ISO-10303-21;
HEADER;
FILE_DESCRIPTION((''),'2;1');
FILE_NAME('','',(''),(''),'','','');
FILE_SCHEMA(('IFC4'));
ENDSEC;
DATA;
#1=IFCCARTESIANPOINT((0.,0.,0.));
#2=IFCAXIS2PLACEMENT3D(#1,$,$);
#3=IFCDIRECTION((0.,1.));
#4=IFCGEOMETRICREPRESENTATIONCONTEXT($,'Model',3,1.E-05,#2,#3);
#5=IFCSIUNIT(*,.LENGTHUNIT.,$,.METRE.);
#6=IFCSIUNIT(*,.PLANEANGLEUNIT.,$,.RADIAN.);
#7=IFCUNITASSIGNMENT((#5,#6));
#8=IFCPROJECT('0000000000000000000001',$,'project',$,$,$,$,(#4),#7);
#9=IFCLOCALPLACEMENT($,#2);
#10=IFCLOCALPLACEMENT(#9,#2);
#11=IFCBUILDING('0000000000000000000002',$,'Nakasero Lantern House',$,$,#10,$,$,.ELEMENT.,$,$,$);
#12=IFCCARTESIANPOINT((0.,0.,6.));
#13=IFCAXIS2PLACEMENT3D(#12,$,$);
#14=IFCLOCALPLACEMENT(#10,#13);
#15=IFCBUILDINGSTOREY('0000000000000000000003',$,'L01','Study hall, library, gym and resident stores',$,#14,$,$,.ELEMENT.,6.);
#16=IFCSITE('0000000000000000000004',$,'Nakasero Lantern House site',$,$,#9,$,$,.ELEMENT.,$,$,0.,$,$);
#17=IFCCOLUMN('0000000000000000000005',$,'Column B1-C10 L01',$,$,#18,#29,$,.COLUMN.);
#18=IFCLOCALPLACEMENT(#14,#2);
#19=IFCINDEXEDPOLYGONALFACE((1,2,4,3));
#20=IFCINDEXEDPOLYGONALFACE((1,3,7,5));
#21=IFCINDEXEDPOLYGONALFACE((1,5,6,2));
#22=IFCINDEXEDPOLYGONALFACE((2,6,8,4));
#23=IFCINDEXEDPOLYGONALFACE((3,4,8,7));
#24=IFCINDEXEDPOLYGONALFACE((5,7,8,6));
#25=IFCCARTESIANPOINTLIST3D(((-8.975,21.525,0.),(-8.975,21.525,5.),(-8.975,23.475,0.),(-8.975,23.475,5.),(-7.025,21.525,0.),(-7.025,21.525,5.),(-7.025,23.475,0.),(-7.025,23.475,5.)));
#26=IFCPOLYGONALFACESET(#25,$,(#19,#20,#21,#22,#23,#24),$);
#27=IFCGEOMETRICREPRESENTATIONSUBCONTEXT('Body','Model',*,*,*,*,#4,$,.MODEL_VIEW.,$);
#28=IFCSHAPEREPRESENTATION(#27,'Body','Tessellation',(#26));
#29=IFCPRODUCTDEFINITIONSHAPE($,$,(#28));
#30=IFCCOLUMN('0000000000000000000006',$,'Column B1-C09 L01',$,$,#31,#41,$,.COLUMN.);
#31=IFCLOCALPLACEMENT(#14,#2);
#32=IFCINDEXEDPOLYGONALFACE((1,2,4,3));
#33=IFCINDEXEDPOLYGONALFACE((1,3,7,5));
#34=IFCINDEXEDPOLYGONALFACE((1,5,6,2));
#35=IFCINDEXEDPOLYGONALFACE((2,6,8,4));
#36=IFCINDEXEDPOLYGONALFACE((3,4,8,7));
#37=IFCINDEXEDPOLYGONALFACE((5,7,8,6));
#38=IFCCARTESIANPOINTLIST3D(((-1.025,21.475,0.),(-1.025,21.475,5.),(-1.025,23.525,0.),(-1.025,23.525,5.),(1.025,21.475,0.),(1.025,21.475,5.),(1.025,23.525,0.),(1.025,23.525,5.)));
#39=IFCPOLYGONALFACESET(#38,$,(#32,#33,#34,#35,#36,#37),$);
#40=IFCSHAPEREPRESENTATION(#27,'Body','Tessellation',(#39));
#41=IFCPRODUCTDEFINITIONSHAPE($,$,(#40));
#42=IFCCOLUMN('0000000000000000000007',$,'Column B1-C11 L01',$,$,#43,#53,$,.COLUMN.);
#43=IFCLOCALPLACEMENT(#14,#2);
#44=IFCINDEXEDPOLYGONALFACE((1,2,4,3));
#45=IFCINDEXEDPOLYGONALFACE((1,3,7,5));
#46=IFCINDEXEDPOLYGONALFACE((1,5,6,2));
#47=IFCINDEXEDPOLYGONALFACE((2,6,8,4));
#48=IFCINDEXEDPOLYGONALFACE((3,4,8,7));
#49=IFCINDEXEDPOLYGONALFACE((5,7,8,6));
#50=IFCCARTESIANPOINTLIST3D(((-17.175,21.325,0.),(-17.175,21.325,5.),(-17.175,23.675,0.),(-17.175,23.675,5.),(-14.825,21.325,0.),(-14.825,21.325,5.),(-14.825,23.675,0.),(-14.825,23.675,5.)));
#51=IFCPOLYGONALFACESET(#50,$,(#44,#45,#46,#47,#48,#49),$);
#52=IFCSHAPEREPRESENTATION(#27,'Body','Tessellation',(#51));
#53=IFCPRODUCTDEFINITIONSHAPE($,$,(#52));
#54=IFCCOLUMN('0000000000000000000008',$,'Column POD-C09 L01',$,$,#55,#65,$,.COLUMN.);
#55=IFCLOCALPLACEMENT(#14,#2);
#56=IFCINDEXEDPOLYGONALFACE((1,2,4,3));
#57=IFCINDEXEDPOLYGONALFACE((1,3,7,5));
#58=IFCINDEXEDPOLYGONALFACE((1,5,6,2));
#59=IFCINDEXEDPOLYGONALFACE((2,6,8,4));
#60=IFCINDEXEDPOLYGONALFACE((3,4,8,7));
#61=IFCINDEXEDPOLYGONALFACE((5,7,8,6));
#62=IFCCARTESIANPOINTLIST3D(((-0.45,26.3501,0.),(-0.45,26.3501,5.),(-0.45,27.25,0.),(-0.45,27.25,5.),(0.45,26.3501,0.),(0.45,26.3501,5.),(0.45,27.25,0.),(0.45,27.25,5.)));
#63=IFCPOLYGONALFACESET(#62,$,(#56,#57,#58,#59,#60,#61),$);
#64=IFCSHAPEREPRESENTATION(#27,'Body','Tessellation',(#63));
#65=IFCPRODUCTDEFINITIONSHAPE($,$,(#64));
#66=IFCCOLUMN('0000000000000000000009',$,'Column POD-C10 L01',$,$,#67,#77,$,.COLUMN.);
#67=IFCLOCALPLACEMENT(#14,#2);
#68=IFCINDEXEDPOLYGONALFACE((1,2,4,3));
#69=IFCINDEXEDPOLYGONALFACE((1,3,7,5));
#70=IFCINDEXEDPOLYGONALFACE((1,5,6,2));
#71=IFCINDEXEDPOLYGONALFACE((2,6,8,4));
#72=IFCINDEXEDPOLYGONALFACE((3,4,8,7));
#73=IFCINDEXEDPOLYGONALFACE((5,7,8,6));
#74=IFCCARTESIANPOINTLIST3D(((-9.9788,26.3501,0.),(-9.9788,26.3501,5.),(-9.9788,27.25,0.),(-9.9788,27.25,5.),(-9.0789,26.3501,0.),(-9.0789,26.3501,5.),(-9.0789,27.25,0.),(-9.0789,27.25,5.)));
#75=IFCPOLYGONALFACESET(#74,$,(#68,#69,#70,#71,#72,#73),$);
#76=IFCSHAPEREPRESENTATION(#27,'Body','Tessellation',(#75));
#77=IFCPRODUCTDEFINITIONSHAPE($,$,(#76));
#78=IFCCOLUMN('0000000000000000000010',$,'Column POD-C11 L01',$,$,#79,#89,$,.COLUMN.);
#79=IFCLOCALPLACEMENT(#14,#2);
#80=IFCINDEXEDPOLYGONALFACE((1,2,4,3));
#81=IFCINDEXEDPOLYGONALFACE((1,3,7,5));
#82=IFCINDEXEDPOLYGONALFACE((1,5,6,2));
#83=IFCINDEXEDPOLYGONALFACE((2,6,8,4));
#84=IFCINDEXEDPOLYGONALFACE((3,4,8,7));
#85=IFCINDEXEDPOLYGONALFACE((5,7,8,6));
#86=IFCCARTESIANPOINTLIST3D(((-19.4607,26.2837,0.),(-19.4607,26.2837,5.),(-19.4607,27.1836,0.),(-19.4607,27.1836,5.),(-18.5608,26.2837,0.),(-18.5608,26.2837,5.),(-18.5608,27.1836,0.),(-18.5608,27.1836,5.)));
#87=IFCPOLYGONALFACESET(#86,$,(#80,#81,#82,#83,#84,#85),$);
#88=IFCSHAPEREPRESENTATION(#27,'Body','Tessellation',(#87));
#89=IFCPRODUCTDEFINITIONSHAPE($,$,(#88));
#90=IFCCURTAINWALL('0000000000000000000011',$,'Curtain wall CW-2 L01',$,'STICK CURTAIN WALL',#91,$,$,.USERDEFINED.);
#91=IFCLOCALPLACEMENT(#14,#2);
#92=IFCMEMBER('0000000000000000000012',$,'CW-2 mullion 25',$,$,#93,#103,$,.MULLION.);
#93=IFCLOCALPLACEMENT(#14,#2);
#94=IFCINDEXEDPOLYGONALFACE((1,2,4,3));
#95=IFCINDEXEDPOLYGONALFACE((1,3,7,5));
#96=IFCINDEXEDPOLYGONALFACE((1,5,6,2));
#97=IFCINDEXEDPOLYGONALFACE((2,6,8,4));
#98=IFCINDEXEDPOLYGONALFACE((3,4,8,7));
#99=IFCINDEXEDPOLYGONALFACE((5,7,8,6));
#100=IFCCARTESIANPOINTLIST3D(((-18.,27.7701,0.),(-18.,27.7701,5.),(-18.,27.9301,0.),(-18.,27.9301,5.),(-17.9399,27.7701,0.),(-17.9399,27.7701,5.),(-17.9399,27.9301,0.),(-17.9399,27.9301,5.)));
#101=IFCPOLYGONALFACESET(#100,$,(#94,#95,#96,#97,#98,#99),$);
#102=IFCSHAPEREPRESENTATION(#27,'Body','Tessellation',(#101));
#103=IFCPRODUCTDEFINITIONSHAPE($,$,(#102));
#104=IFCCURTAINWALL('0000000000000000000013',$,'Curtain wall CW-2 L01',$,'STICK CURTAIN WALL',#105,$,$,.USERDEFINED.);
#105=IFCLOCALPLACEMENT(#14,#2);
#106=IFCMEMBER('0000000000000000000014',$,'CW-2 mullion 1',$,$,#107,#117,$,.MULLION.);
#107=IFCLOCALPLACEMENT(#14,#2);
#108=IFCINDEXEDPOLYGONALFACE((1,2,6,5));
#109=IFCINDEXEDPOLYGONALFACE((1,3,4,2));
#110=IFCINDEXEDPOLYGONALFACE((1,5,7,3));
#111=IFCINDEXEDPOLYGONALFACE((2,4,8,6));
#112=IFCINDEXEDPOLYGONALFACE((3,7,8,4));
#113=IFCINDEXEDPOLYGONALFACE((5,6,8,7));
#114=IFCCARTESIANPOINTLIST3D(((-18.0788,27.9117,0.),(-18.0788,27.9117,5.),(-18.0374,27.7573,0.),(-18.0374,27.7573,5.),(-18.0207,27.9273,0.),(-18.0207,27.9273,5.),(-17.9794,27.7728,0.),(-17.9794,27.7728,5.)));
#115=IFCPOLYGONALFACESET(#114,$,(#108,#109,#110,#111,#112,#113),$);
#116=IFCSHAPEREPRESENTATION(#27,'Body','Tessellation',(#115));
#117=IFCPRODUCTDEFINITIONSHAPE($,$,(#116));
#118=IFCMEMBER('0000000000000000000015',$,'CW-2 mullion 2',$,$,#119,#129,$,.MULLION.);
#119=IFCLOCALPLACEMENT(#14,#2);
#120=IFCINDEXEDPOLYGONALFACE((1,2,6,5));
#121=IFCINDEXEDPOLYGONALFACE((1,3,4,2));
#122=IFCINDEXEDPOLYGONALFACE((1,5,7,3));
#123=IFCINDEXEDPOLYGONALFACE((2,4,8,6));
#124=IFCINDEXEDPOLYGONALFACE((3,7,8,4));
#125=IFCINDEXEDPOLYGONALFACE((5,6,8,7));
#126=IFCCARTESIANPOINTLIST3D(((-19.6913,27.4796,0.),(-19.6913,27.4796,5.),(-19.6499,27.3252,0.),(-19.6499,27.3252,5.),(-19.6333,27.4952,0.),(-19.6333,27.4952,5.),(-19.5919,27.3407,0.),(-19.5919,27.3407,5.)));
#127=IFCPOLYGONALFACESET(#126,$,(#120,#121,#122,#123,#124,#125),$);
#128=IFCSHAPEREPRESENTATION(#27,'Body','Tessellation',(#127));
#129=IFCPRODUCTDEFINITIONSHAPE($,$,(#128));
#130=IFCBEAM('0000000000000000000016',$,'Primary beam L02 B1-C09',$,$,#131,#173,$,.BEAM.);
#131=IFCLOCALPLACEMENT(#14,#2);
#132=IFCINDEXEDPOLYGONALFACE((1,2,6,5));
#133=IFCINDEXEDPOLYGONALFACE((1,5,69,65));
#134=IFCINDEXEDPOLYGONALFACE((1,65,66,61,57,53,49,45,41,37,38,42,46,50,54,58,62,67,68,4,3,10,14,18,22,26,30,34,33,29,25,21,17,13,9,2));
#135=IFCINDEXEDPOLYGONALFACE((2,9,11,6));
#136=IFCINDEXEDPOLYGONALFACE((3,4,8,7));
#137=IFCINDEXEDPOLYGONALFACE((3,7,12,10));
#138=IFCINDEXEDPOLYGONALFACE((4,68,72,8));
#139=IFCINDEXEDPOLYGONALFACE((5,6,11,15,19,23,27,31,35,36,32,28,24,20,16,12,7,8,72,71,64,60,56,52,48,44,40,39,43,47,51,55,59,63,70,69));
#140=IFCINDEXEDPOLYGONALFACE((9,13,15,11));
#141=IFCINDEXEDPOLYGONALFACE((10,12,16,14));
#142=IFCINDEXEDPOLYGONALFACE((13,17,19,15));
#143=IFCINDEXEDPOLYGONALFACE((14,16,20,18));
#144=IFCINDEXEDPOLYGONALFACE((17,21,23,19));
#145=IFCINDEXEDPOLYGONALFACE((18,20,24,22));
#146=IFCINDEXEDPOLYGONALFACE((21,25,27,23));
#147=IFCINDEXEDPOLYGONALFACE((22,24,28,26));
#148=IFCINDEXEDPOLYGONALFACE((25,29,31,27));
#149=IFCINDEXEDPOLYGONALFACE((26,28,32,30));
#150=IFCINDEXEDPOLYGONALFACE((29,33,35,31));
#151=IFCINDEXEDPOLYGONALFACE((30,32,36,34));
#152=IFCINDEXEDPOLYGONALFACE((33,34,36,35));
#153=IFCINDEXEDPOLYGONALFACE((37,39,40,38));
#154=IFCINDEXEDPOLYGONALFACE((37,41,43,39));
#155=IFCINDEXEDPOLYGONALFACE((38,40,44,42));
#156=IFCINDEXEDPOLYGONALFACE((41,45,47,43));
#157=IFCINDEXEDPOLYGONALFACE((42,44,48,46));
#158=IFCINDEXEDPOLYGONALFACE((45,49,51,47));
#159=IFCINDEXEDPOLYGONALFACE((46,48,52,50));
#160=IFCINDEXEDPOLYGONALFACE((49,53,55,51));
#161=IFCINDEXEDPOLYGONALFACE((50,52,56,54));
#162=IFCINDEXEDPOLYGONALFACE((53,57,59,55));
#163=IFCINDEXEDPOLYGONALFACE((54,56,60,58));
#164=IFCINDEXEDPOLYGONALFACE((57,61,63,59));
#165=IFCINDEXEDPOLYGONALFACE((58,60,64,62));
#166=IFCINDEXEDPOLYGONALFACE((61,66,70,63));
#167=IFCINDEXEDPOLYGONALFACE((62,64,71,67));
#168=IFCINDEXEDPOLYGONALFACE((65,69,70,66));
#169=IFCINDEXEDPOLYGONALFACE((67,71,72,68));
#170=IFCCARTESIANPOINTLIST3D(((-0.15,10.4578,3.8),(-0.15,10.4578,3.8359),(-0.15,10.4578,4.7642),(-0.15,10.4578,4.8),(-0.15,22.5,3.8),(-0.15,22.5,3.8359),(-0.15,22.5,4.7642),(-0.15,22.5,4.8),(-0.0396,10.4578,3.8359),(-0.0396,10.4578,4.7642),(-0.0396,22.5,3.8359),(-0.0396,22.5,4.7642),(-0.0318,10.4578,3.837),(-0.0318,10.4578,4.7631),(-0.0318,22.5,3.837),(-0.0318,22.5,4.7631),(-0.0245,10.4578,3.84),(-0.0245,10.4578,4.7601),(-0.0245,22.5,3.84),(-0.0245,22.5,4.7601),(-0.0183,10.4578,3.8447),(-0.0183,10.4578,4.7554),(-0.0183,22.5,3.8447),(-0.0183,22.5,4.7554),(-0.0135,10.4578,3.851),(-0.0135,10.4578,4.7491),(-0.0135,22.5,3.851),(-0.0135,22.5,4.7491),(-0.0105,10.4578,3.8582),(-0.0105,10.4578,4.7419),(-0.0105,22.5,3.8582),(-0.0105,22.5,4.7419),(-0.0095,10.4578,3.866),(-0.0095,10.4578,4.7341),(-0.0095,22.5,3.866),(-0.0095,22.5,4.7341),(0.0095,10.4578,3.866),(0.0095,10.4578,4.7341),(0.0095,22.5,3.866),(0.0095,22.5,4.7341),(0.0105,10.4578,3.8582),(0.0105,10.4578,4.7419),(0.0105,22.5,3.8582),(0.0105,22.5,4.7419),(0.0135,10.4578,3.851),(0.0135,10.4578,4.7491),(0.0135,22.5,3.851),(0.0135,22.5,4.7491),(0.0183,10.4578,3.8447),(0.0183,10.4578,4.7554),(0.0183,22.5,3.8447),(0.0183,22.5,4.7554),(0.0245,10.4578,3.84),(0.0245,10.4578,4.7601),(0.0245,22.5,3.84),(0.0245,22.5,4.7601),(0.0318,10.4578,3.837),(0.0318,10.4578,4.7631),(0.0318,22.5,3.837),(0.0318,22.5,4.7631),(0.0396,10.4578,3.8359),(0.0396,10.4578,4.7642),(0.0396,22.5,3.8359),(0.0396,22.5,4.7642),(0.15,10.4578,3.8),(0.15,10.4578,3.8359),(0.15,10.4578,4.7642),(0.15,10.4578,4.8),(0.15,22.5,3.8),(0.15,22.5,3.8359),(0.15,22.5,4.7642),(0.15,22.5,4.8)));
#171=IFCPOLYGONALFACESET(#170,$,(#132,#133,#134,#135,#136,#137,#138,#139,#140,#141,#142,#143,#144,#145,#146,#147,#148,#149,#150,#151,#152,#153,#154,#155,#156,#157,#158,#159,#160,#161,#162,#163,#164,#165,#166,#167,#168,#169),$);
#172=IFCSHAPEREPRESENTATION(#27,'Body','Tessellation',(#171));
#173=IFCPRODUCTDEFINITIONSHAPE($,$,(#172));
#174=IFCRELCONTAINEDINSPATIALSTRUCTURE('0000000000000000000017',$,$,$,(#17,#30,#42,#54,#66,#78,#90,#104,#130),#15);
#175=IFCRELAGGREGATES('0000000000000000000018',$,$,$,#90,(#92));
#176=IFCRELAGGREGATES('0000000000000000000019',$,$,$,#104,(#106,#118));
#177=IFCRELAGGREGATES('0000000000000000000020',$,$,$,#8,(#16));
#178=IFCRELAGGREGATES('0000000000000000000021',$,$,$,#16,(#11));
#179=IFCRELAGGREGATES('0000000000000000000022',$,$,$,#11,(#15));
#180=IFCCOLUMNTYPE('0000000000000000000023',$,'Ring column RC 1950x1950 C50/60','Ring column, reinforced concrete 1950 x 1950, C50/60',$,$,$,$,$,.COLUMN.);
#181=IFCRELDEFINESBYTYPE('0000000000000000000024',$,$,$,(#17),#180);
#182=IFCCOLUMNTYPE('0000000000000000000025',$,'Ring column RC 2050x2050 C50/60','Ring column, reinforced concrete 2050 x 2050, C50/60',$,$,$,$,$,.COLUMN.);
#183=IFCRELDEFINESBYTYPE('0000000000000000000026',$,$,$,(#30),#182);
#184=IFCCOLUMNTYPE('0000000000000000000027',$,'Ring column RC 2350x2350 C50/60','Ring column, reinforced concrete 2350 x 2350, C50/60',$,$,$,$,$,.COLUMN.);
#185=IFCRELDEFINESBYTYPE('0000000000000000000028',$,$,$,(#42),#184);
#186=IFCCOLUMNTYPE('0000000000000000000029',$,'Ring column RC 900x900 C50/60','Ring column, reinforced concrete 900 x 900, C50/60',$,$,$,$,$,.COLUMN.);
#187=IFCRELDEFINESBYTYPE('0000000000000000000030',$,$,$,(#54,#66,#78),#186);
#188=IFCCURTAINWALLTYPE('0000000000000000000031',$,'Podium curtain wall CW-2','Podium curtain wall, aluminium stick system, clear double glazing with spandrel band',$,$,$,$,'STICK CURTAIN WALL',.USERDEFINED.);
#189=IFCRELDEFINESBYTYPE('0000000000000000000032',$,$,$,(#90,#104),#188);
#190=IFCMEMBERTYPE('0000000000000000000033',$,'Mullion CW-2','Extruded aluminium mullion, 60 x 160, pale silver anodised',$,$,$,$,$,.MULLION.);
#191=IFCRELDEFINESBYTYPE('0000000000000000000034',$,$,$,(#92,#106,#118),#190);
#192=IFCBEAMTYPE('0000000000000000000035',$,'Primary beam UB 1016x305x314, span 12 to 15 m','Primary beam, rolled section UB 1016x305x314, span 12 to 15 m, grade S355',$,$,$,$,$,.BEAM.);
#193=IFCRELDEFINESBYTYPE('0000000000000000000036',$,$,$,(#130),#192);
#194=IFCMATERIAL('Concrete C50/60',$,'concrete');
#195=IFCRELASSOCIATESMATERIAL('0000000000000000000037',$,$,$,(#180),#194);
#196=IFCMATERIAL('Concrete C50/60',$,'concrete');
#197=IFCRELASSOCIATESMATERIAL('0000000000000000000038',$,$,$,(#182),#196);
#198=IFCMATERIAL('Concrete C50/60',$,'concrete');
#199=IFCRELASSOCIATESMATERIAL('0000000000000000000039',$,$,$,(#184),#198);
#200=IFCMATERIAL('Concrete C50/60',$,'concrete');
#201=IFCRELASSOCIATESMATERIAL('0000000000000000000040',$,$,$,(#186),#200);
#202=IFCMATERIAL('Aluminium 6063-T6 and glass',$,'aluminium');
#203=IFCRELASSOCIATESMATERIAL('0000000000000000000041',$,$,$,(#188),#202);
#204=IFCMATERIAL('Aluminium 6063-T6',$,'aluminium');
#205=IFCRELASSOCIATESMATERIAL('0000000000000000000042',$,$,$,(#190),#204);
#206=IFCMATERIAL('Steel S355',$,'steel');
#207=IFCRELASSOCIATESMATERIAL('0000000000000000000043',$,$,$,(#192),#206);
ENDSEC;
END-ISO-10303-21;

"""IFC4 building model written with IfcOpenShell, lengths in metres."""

from ifc_helpers import new_model, si_unit, direction, frame, origin, origin_2d, place, context, subcontext, project, spatial, rectangle, i_section, extrude, material, material_profile, profile_set, type_object, element, aggregate, save


model = new_model("IFC4")

# Units and contexts
model_context = context("Model", 3, precision=1e-05, world=origin(), true_north=direction((0.0, 1.0)))
body_context = subcontext(model_context, "Body", "Model", "MODEL_VIEW")
ifc_project = project(units=[si_unit("LENGTHUNIT", "METRE"), si_unit("PLANEANGLEUNIT", "RADIAN")], contexts=[model_context])

# Site, building, storey
site_placement = place(None, origin())
site = spatial("IfcSite", under=ifc_project, at=site_placement, Name="Nakasero Lantern House site", CompositionType="ELEMENT", RefElevation=0.0)
building_placement = place(site_placement, origin())
building = spatial("IfcBuilding", under=site, at=building_placement, Name="Nakasero Lantern House", CompositionType="ELEMENT")
storey_placement = place(building_placement, frame((0.0, 0.0, 6.0)))
storey = spatial("IfcBuildingStorey", under=building, at=storey_placement, Name="L01", Description="Study hall, library, gym and resident stores", CompositionType="ELEMENT", Elevation=6.0)

# Columns
ifc_material_1 = material(Name="Concrete C50/60", Category="concrete")
ifc_material_profile_1 = material_profile(ifc_material_1, rectangle(XDim=1.95, YDim=1.95, at=origin_2d()), Name="RC 1950x1950")
ifc_profile_set_1 = profile_set([ifc_material_profile_1], Name="Concrete C50/60")
column_type_1 = type_object("IfcColumnType", Name="Ring column RC 1950x1950 C50/60", Description="Ring column, reinforced concrete 1950 x 1950, C50/60", PredefinedType="COLUMN", material=ifc_profile_set_1)
column_1_placement = place(storey_placement, frame((-8.0, 22.5, 0.0), z_axis=(0.0, 0.0, 1.0), x_axis=(1.0, 0.0, 0.0)))
element("IfcColumn", 1, at=column_1_placement, inside=storey, type_object=column_type_1, Name="Column B1-C10 L01", PredefinedType="COLUMN", context=body_context, shape_type="SweptSolid", body=[
    extrude(rectangle(XDim=1.95, YDim=1.95, at=origin_2d()), origin(), (0.0, 0.0, 1.0), 5.0),
])
ifc_material_2 = material(Name="Concrete C50/60", Category="concrete")
ifc_material_profile_2 = material_profile(ifc_material_2, rectangle(XDim=2.05, YDim=2.05, at=origin_2d()), Name="RC 2050x2050")
ifc_profile_set_2 = profile_set([ifc_material_profile_2], Name="Concrete C50/60")
column_type_2 = type_object("IfcColumnType", Name="Ring column RC 2050x2050 C50/60", Description="Ring column, reinforced concrete 2050 x 2050, C50/60", PredefinedType="COLUMN", material=ifc_profile_set_2)
column_2_placement = place(storey_placement, frame((0.0, 22.5, 0.0), z_axis=(0.0, 0.0, 1.0), x_axis=(1.0, 0.0, 0.0)))
element("IfcColumn", 2, at=column_2_placement, inside=storey, type_object=column_type_2, Name="Column B1-C09 L01", PredefinedType="COLUMN", context=body_context, shape_type="SweptSolid", body=[
    extrude(rectangle(XDim=2.05, YDim=2.05, at=origin_2d()), origin(), (0.0, 0.0, 1.0), 5.0),
])
ifc_material_3 = material(Name="Concrete C50/60", Category="concrete")
ifc_material_profile_3 = material_profile(ifc_material_3, rectangle(XDim=2.3501, YDim=2.3501, at=origin_2d()), Name="RC 2350x2350")
ifc_profile_set_3 = profile_set([ifc_material_profile_3], Name="Concrete C50/60")
column_type_3 = type_object("IfcColumnType", Name="Ring column RC 2350x2350 C50/60", Description="Ring column, reinforced concrete 2350 x 2350, C50/60", PredefinedType="COLUMN", material=ifc_profile_set_3)
column_3_placement = place(storey_placement, frame((-16.0, 22.5, 0.0), z_axis=(0.0, 0.0, 1.0), x_axis=(1.0, 0.0, 0.0)))
element("IfcColumn", 3, at=column_3_placement, inside=storey, type_object=column_type_3, Name="Column B1-C11 L01", PredefinedType="COLUMN", context=body_context, shape_type="SweptSolid", body=[
    extrude(rectangle(XDim=2.3501, YDim=2.3501, at=origin_2d()), origin(), (0.0, 0.0, 1.0), 5.0),
])
ifc_material_4 = material(Name="Concrete C50/60", Category="concrete")
ifc_material_profile_4 = material_profile(ifc_material_4, rectangle(XDim=0.8999, YDim=0.8999, at=origin_2d()), Name="RC 900x900")
ifc_profile_set_4 = profile_set([ifc_material_profile_4], Name="Concrete C50/60")
column_type_4 = type_object("IfcColumnType", Name="Ring column RC 900x900 C50/60", Description="Ring column, reinforced concrete 900 x 900, C50/60", PredefinedType="COLUMN", material=ifc_profile_set_4)
for number, where, z_axis, x_axis, name in (
    (4, (0.0, 26.8, 0.0), (0.0, 0.0, 1.0), (1.0, 0.0, 0.0), "Column POD-C09 L01"),
    (5, (-9.5288, 26.8, 0.0), (0.0, 0.0, 1.0), (1.0, 0.0, 0.0), "Column POD-C10 L01"),
    (6, (-19.0107, 26.7336, 0.0), (0.0, 0.0, 1.0), (1.0, 0.0, 0.0), "Column POD-C11 L01"),
):
    element("IfcColumn", number, at=place(storey_placement, frame(where, z_axis=z_axis, x_axis=x_axis)), inside=storey, type_object=column_type_4, Name=name, PredefinedType="COLUMN", context=body_context, shape_type="SweptSolid", body=[
        extrude(rectangle(XDim=0.8999, YDim=0.8999, at=origin_2d()), origin(), (0.0, 0.0, 1.0), 5.0),
    ])

# Curtain wall, member
ifc_material_5 = material(Name="Aluminium 6063-T6 and glass", Category="aluminium")
curtain_wall_type = type_object("IfcCurtainWallType", Name="Podium curtain wall CW-2", Description="Podium curtain wall, aluminium stick system, clear double glazing with spandrel band", ElementType="STICK CURTAIN WALL", PredefinedType="USERDEFINED", material=ifc_material_5)
curtain_wall_1_placement = place(storey_placement, origin())
curtain_wall_1 = element("IfcCurtainWall", 7, at=curtain_wall_1_placement, inside=storey, type_object=curtain_wall_type, Name="Curtain wall CW-2 L01", ObjectType="STICK CURTAIN WALL", PredefinedType="USERDEFINED")
ifc_material_6 = material(Name="Aluminium 6063-T6", Category="aluminium")
ifc_material_profile_5 = material_profile(ifc_material_6, rectangle(XDim=0.0601, YDim=0.1599, at=origin_2d()), Name="CW-2 mullion 60x160")
ifc_profile_set_5 = profile_set([ifc_material_profile_5], Name="Aluminium 6063-T6")
member_type_1 = type_object("IfcMemberType", Name="Mullion CW-2", Description="Extruded aluminium mullion, 60 x 160, pale silver anodised", PredefinedType="MULLION", material=ifc_profile_set_5)
member_1_placement = place(storey_placement, frame((-17.97, 27.8501, 0.0), z_axis=(0.0, 0.0, 1.0), x_axis=(-1.0, 0.0, 0.0)))
member_1 = element("IfcMember", 8, at=member_1_placement, type_object=member_type_1, Name="CW-2 mullion 25", PredefinedType="MULLION", context=body_context, shape_type="SweptSolid", body=[
    extrude(rectangle(XDim=0.0601, YDim=0.1599, at=origin_2d()), origin(), (0.0, 0.0, 1.0), 5.0),
])

# Curtain wall, members
curtain_wall_2_placement = place(storey_placement, origin())
curtain_wall_2 = element("IfcCurtainWall", 9, at=curtain_wall_2_placement, inside=storey, type_object=curtain_wall_type, Name="Curtain wall CW-2 L01", ObjectType="STICK CURTAIN WALL", PredefinedType="USERDEFINED")
member_2_placement = place(storey_placement, frame((-18.0291, 27.8423, 0.0), z_axis=(0.0, 0.0, 1.0), x_axis=(-0.965926, -0.258819, 0.0)))
member_2 = element("IfcMember", 10, at=member_2_placement, type_object=member_type_1, Name="CW-2 mullion 1", PredefinedType="MULLION", context=body_context, shape_type="SweptSolid", body=[
    extrude(rectangle(XDim=0.0601, YDim=0.1599, at=origin_2d()), origin(), (0.0, 0.0, 1.0), 5.0),
])
member_3_placement = place(storey_placement, frame((-19.6416, 27.4102, 0.0), z_axis=(0.0, 0.0, 1.0), x_axis=(-0.965926, -0.258819, 0.0)))
member_3 = element("IfcMember", 11, at=member_3_placement, type_object=member_type_1, Name="CW-2 mullion 2", PredefinedType="MULLION", context=body_context, shape_type="SweptSolid", body=[
    extrude(rectangle(XDim=0.0601, YDim=0.1599, at=origin_2d()), origin(), (0.0, 0.0, 1.0), 5.0),
])

# Beam
ifc_material_7 = material(Name="Steel S355", Category="steel")
ifc_material_profile_6 = material_profile(ifc_material_7, i_section(OverallWidth=0.3, OverallDepth=1.0, WebThickness=0.019, FlangeThickness=0.0359, FilletRadius=0.03, at=origin_2d()), Name="UB 1016x305x314")
ifc_profile_set_6 = profile_set([ifc_material_profile_6], Name="Steel S355")
beam_type_1 = type_object("IfcBeamType", Name="Primary beam UB 1016x305x314, span 12 to 15 m", Description="Primary beam, rolled section UB 1016x305x314, span 12 to 15 m, grade S355", PredefinedType="BEAM", material=ifc_profile_set_6)
beam_1_placement = place(storey_placement, frame((0.0, 22.5, 4.3), z_axis=(0.0, -1.0, 0.0), x_axis=(1.0, 0.0, 0.0)))
element("IfcBeam", 12, at=beam_1_placement, inside=storey, type_object=beam_type_1, Name="Primary beam L02 B1-C09", PredefinedType="BEAM", context=body_context, shape_type="SweptSolid", body=[
    extrude(i_section(OverallWidth=0.3, OverallDepth=1.0, WebThickness=0.019, FlangeThickness=0.0359, FilletRadius=0.03, at=origin_2d()), origin(), (0.0, 0.0, 1.0), 12.0422),
])

aggregate(curtain_wall_1, [member_1])
aggregate(curtain_wall_2, [member_2, member_3])

save(model, "model.ifc")
